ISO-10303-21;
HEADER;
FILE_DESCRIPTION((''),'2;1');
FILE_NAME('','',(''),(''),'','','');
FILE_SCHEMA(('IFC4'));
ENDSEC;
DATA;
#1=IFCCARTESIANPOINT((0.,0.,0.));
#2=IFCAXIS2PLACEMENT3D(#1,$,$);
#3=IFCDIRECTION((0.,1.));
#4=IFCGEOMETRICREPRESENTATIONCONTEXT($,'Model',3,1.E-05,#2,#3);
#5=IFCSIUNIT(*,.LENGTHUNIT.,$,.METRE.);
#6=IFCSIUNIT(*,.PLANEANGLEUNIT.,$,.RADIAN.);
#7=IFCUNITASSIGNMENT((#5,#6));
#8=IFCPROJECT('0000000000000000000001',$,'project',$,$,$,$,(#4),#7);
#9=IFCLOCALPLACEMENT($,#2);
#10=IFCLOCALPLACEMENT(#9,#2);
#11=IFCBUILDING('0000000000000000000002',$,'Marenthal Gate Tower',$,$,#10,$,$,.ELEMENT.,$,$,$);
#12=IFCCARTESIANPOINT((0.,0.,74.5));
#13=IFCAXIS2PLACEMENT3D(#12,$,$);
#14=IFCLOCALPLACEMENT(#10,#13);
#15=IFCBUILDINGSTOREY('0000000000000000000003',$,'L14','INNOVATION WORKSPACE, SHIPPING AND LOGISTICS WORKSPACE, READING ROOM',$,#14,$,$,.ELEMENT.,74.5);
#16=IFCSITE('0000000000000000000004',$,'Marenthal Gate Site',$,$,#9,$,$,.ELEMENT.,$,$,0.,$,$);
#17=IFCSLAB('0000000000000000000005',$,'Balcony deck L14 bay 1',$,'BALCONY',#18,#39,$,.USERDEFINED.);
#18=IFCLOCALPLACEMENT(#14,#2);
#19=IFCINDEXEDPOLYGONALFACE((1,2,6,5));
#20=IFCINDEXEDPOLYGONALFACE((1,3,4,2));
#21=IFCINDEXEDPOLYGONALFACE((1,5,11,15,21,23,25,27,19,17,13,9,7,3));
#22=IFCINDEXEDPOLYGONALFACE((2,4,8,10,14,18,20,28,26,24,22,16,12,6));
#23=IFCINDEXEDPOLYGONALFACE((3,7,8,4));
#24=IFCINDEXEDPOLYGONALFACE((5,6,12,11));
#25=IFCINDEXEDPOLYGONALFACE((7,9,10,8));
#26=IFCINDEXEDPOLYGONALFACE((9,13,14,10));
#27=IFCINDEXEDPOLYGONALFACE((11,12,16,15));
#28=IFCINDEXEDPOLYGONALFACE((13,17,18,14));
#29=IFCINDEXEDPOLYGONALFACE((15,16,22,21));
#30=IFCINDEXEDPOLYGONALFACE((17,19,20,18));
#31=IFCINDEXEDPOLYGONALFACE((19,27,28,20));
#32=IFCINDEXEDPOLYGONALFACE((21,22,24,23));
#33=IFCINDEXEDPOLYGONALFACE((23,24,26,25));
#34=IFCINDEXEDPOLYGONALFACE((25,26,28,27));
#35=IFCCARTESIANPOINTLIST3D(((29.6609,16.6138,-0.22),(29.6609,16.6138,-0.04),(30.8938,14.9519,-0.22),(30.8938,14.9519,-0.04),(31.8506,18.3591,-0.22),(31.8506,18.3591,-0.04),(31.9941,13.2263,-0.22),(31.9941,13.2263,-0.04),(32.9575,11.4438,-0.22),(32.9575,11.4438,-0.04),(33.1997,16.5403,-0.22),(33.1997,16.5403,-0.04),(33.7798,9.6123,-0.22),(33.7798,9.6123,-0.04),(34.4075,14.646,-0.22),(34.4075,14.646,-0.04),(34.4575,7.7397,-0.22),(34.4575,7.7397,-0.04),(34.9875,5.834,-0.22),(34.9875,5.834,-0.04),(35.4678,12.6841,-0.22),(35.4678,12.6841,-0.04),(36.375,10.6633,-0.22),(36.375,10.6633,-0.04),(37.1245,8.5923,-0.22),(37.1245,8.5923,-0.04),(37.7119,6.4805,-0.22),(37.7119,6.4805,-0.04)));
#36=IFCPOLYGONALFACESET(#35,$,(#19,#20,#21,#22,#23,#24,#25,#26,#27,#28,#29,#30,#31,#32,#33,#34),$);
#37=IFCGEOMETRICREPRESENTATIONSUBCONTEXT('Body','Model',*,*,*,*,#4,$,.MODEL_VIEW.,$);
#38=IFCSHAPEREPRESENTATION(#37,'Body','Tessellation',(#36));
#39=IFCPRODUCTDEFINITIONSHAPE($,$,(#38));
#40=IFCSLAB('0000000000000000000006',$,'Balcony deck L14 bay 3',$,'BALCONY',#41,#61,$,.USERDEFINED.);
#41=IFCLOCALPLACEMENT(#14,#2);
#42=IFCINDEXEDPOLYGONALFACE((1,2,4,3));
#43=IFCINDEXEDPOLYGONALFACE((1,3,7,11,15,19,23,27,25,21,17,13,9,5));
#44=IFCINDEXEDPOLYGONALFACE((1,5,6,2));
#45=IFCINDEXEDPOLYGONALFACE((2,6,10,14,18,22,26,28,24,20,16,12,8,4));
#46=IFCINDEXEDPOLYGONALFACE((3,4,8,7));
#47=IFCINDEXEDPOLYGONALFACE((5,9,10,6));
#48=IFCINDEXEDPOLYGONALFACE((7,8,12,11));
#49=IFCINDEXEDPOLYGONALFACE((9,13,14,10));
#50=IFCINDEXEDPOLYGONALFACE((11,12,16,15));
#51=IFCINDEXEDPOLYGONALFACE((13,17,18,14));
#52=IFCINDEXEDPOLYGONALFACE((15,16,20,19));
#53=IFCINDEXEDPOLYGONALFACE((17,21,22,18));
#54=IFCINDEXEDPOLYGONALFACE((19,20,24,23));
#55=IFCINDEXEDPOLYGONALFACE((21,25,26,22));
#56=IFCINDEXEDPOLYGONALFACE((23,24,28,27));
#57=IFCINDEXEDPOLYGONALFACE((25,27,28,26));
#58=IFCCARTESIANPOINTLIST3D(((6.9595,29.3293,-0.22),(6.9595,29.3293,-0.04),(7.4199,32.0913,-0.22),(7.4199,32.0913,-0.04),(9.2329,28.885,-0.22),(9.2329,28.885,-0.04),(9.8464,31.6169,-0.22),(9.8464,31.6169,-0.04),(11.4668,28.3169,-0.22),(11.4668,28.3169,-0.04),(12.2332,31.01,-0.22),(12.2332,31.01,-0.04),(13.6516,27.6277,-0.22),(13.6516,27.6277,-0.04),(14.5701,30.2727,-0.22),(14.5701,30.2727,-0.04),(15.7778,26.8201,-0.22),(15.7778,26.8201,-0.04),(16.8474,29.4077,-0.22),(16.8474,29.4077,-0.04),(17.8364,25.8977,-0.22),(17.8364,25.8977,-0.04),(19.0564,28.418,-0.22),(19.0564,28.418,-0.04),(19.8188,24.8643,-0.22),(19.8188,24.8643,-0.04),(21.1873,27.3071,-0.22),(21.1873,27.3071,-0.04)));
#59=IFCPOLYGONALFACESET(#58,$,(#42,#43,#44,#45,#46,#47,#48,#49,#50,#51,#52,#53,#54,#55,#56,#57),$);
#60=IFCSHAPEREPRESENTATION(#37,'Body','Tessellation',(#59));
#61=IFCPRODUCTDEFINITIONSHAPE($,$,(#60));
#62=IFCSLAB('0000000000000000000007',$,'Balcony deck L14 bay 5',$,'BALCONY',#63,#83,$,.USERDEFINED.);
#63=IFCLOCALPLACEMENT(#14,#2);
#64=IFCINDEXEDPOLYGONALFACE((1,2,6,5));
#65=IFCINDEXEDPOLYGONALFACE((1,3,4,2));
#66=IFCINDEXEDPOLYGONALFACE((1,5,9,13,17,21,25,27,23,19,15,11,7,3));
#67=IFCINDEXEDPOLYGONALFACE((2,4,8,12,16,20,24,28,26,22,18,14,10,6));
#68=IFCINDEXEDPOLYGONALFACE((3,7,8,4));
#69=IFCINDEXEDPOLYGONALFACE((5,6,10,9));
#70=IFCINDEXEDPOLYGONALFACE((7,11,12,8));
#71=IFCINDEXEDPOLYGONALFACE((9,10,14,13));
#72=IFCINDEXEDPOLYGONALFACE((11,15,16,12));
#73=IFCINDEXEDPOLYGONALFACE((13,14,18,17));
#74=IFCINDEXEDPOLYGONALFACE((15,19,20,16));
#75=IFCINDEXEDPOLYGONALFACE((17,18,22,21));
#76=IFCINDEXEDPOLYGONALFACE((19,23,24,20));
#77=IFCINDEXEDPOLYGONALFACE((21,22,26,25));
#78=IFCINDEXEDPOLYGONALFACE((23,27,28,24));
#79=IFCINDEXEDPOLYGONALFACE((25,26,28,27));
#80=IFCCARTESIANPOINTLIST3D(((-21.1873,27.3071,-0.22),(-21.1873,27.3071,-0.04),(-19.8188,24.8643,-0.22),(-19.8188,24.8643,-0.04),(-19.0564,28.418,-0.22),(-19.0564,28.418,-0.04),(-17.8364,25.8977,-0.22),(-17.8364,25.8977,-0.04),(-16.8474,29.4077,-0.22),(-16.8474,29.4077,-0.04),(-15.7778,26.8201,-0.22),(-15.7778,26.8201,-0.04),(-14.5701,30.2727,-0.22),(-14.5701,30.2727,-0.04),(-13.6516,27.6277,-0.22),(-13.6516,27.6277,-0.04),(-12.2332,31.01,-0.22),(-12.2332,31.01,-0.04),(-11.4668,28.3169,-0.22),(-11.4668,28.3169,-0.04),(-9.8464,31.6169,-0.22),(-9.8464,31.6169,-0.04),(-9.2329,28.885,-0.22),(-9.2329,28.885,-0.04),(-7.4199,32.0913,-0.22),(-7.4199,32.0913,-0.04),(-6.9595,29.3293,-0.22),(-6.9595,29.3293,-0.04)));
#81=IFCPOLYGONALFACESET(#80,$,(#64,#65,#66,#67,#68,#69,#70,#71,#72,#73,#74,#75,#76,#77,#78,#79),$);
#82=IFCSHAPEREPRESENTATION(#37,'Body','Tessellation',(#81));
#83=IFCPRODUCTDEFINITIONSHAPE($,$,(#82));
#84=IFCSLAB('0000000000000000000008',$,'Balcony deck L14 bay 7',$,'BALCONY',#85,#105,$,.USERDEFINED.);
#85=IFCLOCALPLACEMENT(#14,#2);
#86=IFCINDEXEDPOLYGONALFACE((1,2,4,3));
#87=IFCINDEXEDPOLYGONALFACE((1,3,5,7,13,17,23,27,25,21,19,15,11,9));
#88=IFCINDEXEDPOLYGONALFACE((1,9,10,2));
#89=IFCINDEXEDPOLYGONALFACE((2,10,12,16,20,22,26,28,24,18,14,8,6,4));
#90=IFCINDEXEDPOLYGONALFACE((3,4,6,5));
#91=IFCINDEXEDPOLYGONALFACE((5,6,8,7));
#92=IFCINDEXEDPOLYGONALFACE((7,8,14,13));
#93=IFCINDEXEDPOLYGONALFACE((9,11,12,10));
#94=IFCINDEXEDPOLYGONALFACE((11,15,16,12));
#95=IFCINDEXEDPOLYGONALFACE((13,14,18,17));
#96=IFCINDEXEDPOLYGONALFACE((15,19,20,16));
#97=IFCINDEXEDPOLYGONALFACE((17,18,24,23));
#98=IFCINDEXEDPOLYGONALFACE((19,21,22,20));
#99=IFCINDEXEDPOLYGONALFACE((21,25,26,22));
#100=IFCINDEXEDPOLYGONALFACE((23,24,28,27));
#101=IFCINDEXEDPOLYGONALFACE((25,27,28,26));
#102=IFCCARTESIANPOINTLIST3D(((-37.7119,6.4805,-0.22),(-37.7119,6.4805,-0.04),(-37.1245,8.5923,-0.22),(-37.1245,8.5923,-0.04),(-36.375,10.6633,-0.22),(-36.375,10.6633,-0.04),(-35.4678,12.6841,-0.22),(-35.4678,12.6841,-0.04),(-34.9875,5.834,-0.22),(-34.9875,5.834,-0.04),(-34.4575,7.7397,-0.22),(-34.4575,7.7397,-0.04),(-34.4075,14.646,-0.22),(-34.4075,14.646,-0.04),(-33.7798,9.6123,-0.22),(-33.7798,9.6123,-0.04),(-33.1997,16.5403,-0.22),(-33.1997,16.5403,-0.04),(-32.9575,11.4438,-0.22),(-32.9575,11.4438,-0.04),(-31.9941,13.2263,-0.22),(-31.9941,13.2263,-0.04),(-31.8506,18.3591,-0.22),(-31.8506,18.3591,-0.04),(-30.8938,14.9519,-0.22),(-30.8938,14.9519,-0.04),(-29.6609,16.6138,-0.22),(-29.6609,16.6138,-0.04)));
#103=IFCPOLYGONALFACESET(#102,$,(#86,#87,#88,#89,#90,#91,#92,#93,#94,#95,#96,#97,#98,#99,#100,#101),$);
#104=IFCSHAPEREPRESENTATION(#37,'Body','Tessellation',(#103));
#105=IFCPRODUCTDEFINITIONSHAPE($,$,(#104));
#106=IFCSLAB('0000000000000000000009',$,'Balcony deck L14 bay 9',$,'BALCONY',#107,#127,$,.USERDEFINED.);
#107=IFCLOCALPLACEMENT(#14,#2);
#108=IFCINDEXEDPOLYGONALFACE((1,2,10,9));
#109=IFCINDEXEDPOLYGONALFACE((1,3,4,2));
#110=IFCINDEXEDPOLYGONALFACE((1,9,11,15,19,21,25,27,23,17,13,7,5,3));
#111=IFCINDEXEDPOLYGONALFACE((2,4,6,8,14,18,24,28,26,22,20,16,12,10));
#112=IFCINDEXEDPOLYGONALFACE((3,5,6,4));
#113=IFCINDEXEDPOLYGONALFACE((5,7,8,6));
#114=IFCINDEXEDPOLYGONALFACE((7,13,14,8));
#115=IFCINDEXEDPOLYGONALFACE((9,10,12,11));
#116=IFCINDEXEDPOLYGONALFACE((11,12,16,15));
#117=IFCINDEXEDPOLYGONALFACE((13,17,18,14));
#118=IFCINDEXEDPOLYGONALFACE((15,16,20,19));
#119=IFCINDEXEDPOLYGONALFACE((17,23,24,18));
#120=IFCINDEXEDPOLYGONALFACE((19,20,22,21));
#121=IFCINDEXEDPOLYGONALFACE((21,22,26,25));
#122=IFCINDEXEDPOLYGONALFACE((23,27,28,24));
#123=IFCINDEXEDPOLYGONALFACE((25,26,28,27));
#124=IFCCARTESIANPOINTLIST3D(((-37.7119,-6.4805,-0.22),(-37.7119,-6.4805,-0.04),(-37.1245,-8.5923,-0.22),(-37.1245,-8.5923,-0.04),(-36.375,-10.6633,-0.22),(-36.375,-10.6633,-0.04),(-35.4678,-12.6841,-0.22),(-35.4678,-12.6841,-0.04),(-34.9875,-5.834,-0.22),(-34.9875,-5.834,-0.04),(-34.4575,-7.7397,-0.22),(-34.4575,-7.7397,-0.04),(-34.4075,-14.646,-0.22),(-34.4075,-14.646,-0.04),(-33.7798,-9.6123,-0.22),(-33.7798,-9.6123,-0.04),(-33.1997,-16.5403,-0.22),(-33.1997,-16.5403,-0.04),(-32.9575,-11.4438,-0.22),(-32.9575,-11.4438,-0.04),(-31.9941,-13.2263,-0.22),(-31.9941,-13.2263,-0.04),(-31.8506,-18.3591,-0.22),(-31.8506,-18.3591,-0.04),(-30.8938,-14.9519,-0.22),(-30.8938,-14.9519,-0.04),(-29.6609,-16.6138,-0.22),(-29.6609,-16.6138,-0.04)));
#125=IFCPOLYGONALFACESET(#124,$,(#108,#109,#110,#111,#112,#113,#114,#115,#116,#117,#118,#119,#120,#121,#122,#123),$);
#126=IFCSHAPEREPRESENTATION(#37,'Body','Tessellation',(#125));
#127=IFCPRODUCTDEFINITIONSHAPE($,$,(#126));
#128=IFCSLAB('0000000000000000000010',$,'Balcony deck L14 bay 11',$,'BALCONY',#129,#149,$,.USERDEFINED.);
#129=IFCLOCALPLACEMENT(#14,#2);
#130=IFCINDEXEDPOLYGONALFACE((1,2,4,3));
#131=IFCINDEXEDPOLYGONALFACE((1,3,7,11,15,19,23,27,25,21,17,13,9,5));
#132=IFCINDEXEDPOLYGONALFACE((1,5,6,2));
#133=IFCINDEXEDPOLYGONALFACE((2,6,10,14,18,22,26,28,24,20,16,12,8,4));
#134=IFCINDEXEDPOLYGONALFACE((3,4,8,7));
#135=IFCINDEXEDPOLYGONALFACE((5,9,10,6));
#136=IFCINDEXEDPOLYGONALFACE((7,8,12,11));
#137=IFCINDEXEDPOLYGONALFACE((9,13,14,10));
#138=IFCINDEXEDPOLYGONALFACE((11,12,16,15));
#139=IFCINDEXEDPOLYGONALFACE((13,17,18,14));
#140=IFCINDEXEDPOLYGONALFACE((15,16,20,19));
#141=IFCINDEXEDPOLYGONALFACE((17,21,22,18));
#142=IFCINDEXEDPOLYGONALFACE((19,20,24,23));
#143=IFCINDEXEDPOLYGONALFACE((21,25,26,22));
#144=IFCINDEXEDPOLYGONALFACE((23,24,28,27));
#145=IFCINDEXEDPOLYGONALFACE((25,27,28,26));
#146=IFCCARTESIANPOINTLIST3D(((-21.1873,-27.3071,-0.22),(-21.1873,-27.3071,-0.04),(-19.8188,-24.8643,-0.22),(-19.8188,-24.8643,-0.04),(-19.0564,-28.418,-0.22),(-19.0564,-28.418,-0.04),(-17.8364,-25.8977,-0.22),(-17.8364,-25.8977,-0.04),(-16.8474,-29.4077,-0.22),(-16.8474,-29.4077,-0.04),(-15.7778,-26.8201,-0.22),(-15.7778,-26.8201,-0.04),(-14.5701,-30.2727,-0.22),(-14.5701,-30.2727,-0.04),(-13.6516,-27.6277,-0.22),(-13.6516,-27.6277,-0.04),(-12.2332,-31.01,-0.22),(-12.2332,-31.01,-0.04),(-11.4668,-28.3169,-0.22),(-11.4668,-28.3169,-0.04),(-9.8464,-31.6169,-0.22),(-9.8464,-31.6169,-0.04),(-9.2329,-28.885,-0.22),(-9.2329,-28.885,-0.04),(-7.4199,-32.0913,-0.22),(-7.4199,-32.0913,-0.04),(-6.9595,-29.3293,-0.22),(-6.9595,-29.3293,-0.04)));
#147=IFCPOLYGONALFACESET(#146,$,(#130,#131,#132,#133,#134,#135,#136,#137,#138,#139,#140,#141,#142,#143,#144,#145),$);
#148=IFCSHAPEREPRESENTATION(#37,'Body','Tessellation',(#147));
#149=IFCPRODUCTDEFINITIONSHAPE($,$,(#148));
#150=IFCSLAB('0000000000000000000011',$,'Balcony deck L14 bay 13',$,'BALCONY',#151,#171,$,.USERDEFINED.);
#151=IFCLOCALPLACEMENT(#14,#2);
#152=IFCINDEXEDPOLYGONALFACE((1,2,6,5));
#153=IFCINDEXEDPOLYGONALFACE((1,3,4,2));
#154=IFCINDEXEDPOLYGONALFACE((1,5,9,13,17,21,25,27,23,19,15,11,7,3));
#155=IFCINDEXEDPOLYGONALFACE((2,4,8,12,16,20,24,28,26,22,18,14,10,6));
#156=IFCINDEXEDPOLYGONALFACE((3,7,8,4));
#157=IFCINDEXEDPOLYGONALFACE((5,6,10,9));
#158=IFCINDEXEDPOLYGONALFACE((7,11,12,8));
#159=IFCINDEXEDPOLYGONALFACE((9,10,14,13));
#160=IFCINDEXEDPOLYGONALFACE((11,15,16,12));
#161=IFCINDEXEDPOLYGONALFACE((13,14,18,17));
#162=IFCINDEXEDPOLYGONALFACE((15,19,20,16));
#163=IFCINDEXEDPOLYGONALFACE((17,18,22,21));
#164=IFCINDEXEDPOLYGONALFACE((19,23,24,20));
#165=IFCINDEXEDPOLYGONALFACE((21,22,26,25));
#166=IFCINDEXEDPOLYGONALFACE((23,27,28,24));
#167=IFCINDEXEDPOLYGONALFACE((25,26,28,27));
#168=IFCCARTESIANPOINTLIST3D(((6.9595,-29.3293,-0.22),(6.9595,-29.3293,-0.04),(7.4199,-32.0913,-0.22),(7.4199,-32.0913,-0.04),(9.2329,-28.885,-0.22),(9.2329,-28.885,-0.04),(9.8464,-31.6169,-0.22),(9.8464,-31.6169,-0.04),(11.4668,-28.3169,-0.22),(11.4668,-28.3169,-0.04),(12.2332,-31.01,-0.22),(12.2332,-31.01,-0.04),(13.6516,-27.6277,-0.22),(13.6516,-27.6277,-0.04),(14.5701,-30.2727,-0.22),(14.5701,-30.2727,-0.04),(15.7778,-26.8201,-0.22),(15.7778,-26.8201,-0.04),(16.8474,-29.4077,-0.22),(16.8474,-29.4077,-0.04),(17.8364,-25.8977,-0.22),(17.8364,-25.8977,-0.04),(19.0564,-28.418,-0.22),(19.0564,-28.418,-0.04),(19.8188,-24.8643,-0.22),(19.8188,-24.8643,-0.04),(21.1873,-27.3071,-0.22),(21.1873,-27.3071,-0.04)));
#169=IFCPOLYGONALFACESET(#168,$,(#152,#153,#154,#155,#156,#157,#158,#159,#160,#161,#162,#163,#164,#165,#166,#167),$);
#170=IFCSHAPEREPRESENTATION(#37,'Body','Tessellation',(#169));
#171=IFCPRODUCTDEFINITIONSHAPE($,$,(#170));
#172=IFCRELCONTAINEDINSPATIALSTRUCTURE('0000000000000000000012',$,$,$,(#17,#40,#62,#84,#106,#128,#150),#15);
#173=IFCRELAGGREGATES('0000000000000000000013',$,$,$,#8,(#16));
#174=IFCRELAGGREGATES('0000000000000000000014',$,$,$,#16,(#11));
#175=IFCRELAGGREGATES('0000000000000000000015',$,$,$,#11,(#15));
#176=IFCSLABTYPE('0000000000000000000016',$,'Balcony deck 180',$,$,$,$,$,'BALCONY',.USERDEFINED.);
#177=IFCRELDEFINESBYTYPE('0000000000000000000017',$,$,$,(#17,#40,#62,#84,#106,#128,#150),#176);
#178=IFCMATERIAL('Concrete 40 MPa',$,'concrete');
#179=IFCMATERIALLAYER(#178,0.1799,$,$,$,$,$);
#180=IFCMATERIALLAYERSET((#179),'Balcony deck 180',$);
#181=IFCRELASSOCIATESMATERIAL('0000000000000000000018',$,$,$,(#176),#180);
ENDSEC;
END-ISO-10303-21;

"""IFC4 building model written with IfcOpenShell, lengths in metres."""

from ifc_helpers import new_model, si_unit, direction, frame, origin, place, context, subcontext, project, spatial, polyline, outline, extrude, material, layer, layer_set, type_object, element, save


model = new_model("IFC4")

# Units and contexts
model_context = context("Model", 3, precision=1e-05, world=origin(), true_north=direction((0.0, 1.0)))
body_context = subcontext(model_context, "Body", "Model", "MODEL_VIEW")
ifc_project = project(units=[si_unit("LENGTHUNIT", "METRE"), si_unit("PLANEANGLEUNIT", "RADIAN")], contexts=[model_context])

# Site, building, storey
site_placement = place(None, origin())
site = spatial("IfcSite", under=ifc_project, at=site_placement, Name="Marenthal Gate Site", CompositionType="ELEMENT", RefElevation=0.0)
building_placement = place(site_placement, origin())
building = spatial("IfcBuilding", under=site, at=building_placement, Name="Marenthal Gate Tower", CompositionType="ELEMENT")
storey_placement = place(building_placement, frame((0.0, 0.0, 74.5)))
storey = spatial("IfcBuildingStorey", under=building, at=storey_placement, Name="L14", Description="INNOVATION WORKSPACE, SHIPPING AND LOGISTICS WORKSPACE, READING ROOM", CompositionType="ELEMENT", Elevation=74.5)

# Slabs
ifc_material_1 = material(Name="Concrete 40 MPa", Category="concrete")
ifc_layer_1 = layer(ifc_material_1, 0.1799)
ifc_layer_set_1 = layer_set([ifc_layer_1], Name="Balcony deck 180")
slab_type_1 = type_object("IfcSlabType", Name="Balcony deck 180", ElementType="BALCONY", PredefinedType="USERDEFINED", material=ifc_layer_set_1)
slab_1_placement = place(storey_placement, frame((0.0, 0.0, -0.22)))
element("IfcSlab", 1, at=slab_1_placement, inside=storey, type_object=slab_type_1, Name="Balcony deck L14 bay 1", ObjectType="BALCONY", PredefinedType="USERDEFINED", context=body_context, shape_type="SweptSolid", body=[
    extrude(outline(polyline([(34.9875, 5.834), (34.4575, 7.7397), (33.7798, 9.6123), (32.9575, 11.4438), (31.9941, 13.2263), (30.8938, 14.9519), (29.6609, 16.6138), (31.8506, 18.3591), (33.1997, 16.5403), (34.4075, 14.646), (35.4678, 12.6841), (36.375, 10.6633), (37.1245, 8.5923), (37.7119, 6.4805), (34.9875, 5.834)])), origin(), (0.0, 0.0, 1.0), 0.1799),
])
slab_2_placement = place(storey_placement, frame((0.0, 0.0, -0.22)))
element("IfcSlab", 2, at=slab_2_placement, inside=storey, type_object=slab_type_1, Name="Balcony deck L14 bay 3", ObjectType="BALCONY", PredefinedType="USERDEFINED", context=body_context, shape_type="SweptSolid", body=[
    extrude(outline(polyline([(19.8188, 24.8643), (17.8364, 25.8977), (15.7778, 26.8201), (13.6516, 27.6277), (11.4668, 28.3169), (9.2329, 28.885), (6.9595, 29.3293), (7.4199, 32.0913), (9.8464, 31.6169), (12.2332, 31.01), (14.5701, 30.2727), (16.8474, 29.4077), (19.0564, 28.418), (21.1873, 27.3071), (19.8188, 24.8643)])), origin(), (0.0, 0.0, 1.0), 0.1799),
])
slab_3_placement = place(storey_placement, frame((0.0, 0.0, -0.22)))
element("IfcSlab", 3, at=slab_3_placement, inside=storey, type_object=slab_type_1, Name="Balcony deck L14 bay 5", ObjectType="BALCONY", PredefinedType="USERDEFINED", context=body_context, shape_type="SweptSolid", body=[
    extrude(outline(polyline([(-6.9595, 29.3293), (-9.2329, 28.885), (-11.4668, 28.3169), (-13.6516, 27.6277), (-15.7778, 26.8201), (-17.8364, 25.8977), (-19.8188, 24.8643), (-21.1873, 27.3071), (-19.0564, 28.418), (-16.8474, 29.4077), (-14.5701, 30.2727), (-12.2332, 31.01), (-9.8464, 31.6169), (-7.4199, 32.0913), (-6.9595, 29.3293)])), origin(), (0.0, 0.0, 1.0), 0.1799),
])
slab_4_placement = place(storey_placement, frame((0.0, 0.0, -0.22)))
element("IfcSlab", 4, at=slab_4_placement, inside=storey, type_object=slab_type_1, Name="Balcony deck L14 bay 7", ObjectType="BALCONY", PredefinedType="USERDEFINED", context=body_context, shape_type="SweptSolid", body=[
    extrude(outline(polyline([(-29.6609, 16.6138), (-30.8938, 14.9519), (-31.9941, 13.2263), (-32.9575, 11.4438), (-33.7798, 9.6123), (-34.4575, 7.7397), (-34.9875, 5.834), (-37.7119, 6.4805), (-37.1245, 8.5923), (-36.375, 10.6633), (-35.4678, 12.6841), (-34.4075, 14.646), (-33.1997, 16.5403), (-31.8506, 18.3591), (-29.6609, 16.6138)])), origin(), (0.0, 0.0, 1.0), 0.1799),
])
slab_5_placement = place(storey_placement, frame((0.0, 0.0, -0.22)))
element("IfcSlab", 5, at=slab_5_placement, inside=storey, type_object=slab_type_1, Name="Balcony deck L14 bay 9", ObjectType="BALCONY", PredefinedType="USERDEFINED", context=body_context, shape_type="SweptSolid", body=[
    extrude(outline(polyline([(-34.9875, -5.834), (-34.4575, -7.7397), (-33.7798, -9.6123), (-32.9575, -11.4438), (-31.9941, -13.2263), (-30.8938, -14.9519), (-29.6609, -16.6138), (-31.8506, -18.3591), (-33.1997, -16.5403), (-34.4075, -14.646), (-35.4678, -12.6841), (-36.375, -10.6633), (-37.1245, -8.5923), (-37.7119, -6.4805), (-34.9875, -5.834)])), origin(), (0.0, 0.0, 1.0), 0.1799),
])
slab_6_placement = place(storey_placement, frame((0.0, 0.0, -0.22)))
element("IfcSlab", 6, at=slab_6_placement, inside=storey, type_object=slab_type_1, Name="Balcony deck L14 bay 11", ObjectType="BALCONY", PredefinedType="USERDEFINED", context=body_context, shape_type="SweptSolid", body=[
    extrude(outline(polyline([(-19.8188, -24.8643), (-17.8364, -25.8977), (-15.7778, -26.8201), (-13.6516, -27.6277), (-11.4668, -28.3169), (-9.2329, -28.885), (-6.9595, -29.3293), (-7.4199, -32.0913), (-9.8464, -31.6169), (-12.2332, -31.01), (-14.5701, -30.2727), (-16.8474, -29.4077), (-19.0564, -28.418), (-21.1873, -27.3071), (-19.8188, -24.8643)])), origin(), (0.0, 0.0, 1.0), 0.1799),
])
slab_7_placement = place(storey_placement, frame((0.0, 0.0, -0.22)))
element("IfcSlab", 7, at=slab_7_placement, inside=storey, type_object=slab_type_1, Name="Balcony deck L14 bay 13", ObjectType="BALCONY", PredefinedType="USERDEFINED", context=body_context, shape_type="SweptSolid", body=[
    extrude(outline(polyline([(6.9595, -29.3293), (9.2329, -28.885), (11.4668, -28.3169), (13.6516, -27.6277), (15.7778, -26.8201), (17.8364, -25.8977), (19.8188, -24.8643), (21.1873, -27.3071), (19.0564, -28.418), (16.8474, -29.4077), (14.5701, -30.2727), (12.2332, -31.01), (9.8464, -31.6169), (7.4199, -32.0913), (6.9595, -29.3293)])), origin(), (0.0, 0.0, 1.0), 0.1799),
])

save(model, "model.ifc")
